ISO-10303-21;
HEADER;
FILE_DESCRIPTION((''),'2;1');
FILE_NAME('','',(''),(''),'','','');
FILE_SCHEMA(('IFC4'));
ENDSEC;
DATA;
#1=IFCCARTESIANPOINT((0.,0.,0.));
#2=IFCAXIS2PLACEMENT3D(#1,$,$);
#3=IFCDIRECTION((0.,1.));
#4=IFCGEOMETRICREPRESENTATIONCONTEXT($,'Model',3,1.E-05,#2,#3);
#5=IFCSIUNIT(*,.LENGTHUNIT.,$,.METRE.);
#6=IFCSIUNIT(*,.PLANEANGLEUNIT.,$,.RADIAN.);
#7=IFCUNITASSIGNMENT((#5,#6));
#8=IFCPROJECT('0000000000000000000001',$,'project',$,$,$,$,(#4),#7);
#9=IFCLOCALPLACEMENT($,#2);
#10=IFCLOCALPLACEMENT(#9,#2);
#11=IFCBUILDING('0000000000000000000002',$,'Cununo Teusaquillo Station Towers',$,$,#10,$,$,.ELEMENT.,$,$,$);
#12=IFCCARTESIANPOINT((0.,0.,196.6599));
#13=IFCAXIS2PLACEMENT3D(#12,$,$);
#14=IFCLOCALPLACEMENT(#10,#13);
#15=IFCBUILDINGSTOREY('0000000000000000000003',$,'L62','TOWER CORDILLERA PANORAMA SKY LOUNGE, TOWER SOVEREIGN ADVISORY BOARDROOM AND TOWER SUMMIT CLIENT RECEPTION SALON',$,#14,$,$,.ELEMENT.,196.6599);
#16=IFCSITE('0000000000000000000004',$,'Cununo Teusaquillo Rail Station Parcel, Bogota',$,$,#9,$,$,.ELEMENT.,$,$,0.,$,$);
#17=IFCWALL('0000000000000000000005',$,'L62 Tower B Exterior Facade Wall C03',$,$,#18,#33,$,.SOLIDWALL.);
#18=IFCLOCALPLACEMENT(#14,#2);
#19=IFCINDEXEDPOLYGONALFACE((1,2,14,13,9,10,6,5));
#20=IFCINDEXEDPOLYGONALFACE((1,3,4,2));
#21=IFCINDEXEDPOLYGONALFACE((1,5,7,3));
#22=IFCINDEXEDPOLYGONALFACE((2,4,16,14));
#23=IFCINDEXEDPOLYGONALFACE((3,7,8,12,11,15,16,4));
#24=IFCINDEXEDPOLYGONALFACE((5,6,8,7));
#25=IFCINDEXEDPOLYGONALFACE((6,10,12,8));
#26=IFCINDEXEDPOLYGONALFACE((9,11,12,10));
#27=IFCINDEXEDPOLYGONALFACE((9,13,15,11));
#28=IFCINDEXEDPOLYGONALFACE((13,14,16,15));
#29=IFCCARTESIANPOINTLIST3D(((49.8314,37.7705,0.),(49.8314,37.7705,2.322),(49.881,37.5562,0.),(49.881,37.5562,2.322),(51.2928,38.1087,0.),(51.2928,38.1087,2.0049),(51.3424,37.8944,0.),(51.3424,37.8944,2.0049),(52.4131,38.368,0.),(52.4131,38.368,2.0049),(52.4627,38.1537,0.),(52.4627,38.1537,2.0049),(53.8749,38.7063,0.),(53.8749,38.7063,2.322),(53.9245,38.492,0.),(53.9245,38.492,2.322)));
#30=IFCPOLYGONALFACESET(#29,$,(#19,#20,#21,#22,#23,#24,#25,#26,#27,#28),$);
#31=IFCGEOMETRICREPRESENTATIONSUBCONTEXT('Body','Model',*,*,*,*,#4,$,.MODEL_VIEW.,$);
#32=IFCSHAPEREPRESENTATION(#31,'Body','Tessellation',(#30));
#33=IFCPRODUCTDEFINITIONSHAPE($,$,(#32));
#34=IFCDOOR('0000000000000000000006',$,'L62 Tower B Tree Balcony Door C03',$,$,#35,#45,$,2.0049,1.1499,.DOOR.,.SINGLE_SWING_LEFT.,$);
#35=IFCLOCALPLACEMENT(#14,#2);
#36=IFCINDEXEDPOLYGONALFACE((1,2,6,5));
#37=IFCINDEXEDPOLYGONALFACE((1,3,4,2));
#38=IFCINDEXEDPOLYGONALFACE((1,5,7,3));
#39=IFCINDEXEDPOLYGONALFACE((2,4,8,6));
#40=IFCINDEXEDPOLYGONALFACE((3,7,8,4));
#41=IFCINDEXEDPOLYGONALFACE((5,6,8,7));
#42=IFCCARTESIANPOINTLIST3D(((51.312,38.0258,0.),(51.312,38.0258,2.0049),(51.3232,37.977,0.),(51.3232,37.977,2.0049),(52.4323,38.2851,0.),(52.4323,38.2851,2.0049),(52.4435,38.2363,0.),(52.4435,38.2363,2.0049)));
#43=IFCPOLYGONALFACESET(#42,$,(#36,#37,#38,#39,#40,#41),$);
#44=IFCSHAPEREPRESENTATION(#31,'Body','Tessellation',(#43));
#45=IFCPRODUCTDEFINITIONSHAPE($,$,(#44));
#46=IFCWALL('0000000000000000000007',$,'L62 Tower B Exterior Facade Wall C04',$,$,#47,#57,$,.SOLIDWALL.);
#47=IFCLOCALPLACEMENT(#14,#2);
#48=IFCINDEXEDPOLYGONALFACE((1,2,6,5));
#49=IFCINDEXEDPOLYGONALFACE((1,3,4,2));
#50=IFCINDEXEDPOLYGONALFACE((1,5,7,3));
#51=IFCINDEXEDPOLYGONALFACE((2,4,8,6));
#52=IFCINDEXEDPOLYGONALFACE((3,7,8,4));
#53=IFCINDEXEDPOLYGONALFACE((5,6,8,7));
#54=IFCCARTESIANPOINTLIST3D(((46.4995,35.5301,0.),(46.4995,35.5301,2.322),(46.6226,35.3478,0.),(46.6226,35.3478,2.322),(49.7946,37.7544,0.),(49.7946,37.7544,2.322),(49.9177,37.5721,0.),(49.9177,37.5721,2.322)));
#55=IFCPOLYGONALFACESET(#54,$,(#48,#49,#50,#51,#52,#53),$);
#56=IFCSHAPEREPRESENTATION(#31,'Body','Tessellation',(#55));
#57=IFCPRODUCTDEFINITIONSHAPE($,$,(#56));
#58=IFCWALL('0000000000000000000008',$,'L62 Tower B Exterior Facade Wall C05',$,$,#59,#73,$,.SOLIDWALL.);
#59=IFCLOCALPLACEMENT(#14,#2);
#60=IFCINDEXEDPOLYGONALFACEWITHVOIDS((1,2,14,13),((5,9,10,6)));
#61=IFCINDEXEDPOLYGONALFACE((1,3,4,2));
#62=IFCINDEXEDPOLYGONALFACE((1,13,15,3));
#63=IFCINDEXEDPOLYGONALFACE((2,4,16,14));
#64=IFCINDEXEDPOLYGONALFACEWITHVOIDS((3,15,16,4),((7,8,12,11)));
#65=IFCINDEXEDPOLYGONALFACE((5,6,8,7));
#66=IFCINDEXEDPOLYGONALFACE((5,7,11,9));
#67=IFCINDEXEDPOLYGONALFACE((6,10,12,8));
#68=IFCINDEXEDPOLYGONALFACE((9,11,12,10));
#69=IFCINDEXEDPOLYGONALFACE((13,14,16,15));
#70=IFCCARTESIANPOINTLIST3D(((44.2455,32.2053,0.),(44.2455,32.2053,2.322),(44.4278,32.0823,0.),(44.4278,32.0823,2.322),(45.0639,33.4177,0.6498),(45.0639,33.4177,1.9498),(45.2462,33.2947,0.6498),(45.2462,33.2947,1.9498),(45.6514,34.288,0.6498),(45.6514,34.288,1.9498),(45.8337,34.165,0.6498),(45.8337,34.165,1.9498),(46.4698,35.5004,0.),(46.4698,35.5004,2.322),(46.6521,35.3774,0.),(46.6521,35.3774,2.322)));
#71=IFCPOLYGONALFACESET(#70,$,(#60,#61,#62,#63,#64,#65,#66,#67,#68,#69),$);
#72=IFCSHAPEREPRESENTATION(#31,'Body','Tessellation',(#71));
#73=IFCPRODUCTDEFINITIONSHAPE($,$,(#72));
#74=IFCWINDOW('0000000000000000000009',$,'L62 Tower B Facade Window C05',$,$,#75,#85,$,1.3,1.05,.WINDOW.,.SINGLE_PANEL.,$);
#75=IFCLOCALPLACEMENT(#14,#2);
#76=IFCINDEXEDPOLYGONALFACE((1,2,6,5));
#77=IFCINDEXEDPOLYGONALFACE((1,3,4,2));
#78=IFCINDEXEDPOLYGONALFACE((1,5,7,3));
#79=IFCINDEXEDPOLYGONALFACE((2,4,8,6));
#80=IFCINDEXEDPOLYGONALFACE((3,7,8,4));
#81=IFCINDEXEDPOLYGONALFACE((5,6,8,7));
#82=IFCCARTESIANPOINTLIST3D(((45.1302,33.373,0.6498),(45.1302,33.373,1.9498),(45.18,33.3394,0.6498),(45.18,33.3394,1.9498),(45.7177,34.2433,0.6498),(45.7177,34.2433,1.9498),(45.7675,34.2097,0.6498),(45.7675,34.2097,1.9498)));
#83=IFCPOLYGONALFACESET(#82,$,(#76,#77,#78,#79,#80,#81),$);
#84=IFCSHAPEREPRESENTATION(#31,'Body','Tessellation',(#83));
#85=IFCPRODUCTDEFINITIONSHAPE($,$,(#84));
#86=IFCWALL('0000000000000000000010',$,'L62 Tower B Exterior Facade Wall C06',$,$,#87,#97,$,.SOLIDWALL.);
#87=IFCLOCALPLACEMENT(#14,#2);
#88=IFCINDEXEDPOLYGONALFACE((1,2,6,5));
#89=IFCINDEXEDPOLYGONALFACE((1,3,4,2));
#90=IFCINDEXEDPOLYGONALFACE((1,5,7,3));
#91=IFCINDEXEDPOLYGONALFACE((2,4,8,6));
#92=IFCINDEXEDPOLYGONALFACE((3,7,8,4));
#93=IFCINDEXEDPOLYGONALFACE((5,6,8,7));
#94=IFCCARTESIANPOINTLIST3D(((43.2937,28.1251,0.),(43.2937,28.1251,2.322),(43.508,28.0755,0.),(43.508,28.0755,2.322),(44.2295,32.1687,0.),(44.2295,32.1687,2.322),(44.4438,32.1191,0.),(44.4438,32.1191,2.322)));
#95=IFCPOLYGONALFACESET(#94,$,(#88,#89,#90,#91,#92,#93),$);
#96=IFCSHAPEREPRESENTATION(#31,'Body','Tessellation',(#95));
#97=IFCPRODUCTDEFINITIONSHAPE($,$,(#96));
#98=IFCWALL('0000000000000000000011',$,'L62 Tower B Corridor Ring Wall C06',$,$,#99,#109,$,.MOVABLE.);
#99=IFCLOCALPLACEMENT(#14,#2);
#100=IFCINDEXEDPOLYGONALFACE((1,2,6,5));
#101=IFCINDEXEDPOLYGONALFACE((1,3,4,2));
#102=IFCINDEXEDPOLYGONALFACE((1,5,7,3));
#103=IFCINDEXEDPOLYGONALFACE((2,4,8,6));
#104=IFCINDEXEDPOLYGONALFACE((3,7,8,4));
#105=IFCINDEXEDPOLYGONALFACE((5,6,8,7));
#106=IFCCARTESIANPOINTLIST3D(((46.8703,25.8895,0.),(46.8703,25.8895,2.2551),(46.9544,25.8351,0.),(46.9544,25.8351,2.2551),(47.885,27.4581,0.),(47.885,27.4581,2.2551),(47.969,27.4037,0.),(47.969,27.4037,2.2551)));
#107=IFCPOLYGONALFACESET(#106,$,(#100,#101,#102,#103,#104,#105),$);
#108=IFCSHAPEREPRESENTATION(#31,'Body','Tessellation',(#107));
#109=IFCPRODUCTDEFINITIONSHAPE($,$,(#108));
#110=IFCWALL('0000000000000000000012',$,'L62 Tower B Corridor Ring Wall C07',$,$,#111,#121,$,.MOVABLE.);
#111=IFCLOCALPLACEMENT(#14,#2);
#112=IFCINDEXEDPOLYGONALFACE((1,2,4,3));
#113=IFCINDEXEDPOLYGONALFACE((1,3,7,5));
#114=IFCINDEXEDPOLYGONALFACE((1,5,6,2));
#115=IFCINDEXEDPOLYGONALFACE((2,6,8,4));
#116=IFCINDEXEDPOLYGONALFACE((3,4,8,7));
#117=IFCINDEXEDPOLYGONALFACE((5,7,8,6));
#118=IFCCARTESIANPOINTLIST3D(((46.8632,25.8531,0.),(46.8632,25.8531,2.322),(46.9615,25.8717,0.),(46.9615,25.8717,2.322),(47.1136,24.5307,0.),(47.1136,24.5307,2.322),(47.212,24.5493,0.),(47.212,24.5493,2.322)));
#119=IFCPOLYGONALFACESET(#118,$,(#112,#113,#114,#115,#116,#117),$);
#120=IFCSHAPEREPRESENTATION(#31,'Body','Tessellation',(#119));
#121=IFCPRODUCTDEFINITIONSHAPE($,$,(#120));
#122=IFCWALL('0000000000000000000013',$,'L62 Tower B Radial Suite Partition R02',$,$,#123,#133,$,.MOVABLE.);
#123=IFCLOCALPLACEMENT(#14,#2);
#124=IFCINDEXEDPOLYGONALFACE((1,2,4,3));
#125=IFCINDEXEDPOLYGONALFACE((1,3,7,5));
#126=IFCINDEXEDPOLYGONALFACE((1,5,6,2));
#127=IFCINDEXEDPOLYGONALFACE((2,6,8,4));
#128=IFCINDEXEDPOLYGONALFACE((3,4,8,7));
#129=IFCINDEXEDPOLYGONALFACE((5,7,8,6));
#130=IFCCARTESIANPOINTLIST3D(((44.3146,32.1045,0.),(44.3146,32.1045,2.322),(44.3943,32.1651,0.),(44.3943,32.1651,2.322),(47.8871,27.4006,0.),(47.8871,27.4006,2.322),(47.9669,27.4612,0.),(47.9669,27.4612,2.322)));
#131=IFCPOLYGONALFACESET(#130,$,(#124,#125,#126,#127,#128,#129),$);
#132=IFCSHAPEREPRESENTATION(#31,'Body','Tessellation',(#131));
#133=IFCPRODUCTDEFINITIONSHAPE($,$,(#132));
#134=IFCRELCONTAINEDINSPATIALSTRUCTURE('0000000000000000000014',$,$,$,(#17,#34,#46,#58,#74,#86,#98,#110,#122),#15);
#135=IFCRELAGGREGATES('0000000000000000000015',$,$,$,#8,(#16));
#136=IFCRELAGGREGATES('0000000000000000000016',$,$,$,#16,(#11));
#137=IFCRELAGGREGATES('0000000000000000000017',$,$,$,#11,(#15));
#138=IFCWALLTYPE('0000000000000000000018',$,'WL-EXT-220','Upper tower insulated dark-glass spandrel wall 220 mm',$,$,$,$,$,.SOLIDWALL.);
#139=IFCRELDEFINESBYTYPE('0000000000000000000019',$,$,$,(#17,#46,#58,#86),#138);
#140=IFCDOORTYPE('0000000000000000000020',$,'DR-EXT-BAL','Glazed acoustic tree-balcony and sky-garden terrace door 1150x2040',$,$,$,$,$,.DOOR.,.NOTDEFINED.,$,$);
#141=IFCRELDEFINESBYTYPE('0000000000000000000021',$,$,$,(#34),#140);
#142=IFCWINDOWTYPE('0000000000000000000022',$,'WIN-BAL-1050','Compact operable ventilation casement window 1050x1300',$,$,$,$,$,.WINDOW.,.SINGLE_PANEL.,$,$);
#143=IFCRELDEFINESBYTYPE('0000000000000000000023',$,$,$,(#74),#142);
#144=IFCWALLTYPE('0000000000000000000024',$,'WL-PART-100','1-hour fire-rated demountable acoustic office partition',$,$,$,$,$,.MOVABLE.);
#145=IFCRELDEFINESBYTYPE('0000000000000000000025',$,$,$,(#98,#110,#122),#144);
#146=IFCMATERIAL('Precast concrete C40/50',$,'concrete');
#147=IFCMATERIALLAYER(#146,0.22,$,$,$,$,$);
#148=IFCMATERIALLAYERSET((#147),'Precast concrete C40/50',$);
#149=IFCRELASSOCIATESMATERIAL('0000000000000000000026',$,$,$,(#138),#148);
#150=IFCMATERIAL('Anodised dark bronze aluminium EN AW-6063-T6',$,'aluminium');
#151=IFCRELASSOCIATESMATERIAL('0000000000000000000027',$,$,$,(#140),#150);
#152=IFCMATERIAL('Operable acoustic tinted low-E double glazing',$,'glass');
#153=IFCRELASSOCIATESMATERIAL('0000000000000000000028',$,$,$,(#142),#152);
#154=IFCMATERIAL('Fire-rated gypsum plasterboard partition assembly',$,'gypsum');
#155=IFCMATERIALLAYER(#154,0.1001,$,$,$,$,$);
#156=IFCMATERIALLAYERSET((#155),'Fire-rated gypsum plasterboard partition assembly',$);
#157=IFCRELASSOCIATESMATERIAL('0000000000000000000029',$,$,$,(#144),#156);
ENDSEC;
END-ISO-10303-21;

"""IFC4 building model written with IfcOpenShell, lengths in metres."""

from ifc_helpers import new_model, si_unit, direction, frame, frame_2d, origin, place, context, subcontext, project, spatial, rectangle, extrude, source, transform, mapped, material, layer, layer_set, type_object, element, fill, save


model = new_model("IFC4")

# Units and contexts
model_context = context("Model", 3, precision=1e-05, world=origin(), true_north=direction((0.0, 1.0)))
body_context = subcontext(model_context, "Body", "Model", "MODEL_VIEW")
ifc_project = project(units=[si_unit("LENGTHUNIT", "METRE"), si_unit("PLANEANGLEUNIT", "RADIAN")], contexts=[model_context])

# Site, building, storey
site_placement = place(None, origin())
site = spatial("IfcSite", under=ifc_project, at=site_placement, Name="Cununo Teusaquillo Rail Station Parcel, Bogota", CompositionType="ELEMENT", RefElevation=0.0)
building_placement = place(site_placement, origin())
building = spatial("IfcBuilding", under=site, at=building_placement, Name="Cununo Teusaquillo Station Towers", CompositionType="ELEMENT")
storey_placement = place(building_placement, frame((0.0, 0.0, 196.6599)))
storey = spatial("IfcBuildingStorey", under=building, at=storey_placement, Name="L62", Description="TOWER CORDILLERA PANORAMA SKY LOUNGE, TOWER SOVEREIGN ADVISORY BOARDROOM AND TOWER SUMMIT CLIENT RECEPTION SALON", CompositionType="ELEMENT", Elevation=196.6599)

# Wall, opening, door
ifc_material_1 = material(Name="Precast concrete C40/50", Category="concrete")
ifc_layer_1 = layer(ifc_material_1, 0.22)
ifc_layer_set_1 = layer_set([ifc_layer_1], Name="Precast concrete C40/50")
wall_type_1 = type_object("IfcWallType", Name="WL-EXT-220", Description="Upper tower insulated dark-glass spandrel wall 220 mm", PredefinedType="SOLIDWALL", material=ifc_layer_set_1)
wall_1_placement = place(storey_placement, frame((49.8562, 37.6633, 0.0), z_axis=(0.0, 0.0, 1.0), x_axis=(0.974249, 0.225474, 0.0)))
wall_1 = element("IfcWall", 1, at=wall_1_placement, inside=storey, type_object=wall_type_1, Name="L62 Tower B Exterior Facade Wall C03", PredefinedType="SOLIDWALL", context=body_context, shape_type="SweptSolid", body=[
    extrude(rectangle(XDim=4.1504, YDim=0.22, at=frame_2d((2.0752, 0.0))), origin(), (0.0, 0.0, 1.0), 2.322),
])
shared_shape_1 = source(origin(), body_context, "Body", "SweptSolid", [
    extrude(rectangle(XDim=1.1499, YDim=2.0049, at=frame_2d((0.575, 1.0024))), frame((0.0, 0.1199, 0.0), z_axis=(0.0, -1.0, 0.0), x_axis=(1.0, 0.0, 0.0)), (0.0, 0.0, 1.0), 0.24),
])
opening_1_placement = place(wall_1_placement, frame((1.5, 0.0, 0.0)))
opening_1 = element("IfcOpeningElement", 2, at=opening_1_placement, cuts=wall_1, PredefinedType="OPENING", context=body_context, shape_type="MappedRepresentation", body=[
    mapped(shared_shape_1, transform((0.0, 0.0, 0.0), x_axis=(1.0, 0.0, 0.0), y_axis=(0.0, 1.0, 0.0), z_axis=(0.0, 0.0, 1.0), scale=1.0)),
])
ifc_material_2 = material(Name="Anodised dark bronze aluminium EN AW-6063-T6", Category="aluminium")
door_type = type_object("IfcDoorType", Name="DR-EXT-BAL", Description="Glazed acoustic tree-balcony and sky-garden terrace door 1150x2040", OperationType="NOTDEFINED", PredefinedType="DOOR", material=ifc_material_2)
shared_shape_2 = source(origin(), body_context, "Body", "SweptSolid", [
    extrude(rectangle(XDim=1.1499, YDim=2.0049, at=frame_2d((0.575, 1.0024))), frame((0.0, 0.0249, 0.0), z_axis=(0.0, -1.0, 0.0), x_axis=(1.0, 0.0, 0.0)), (0.0, 0.0, 1.0), 0.05),
])
door_placement = place(opening_1_placement, origin())
door = element("IfcDoor", 3, at=door_placement, inside=storey, type_object=door_type, Name="L62 Tower B Tree Balcony Door C03", OperationType="SINGLE_SWING_LEFT", OverallHeight=2.0049, OverallWidth=1.1499, PredefinedType="DOOR", context=body_context, shape_type="MappedRepresentation", body=[
    mapped(shared_shape_2, transform((0.0, 0.0, 0.0), x_axis=(1.0, 0.0, 0.0), y_axis=(0.0, 1.0, 0.0), z_axis=(0.0, 0.0, 1.0), scale=1.0)),
])
fill(opening_1, door)

# Wall
wall_2_placement = place(storey_placement, frame((46.561, 35.439, 0.0), z_axis=(0.0, 0.0, 1.0), x_axis=(0.828834, 0.559495, 0.0)))
element("IfcWall", 4, at=wall_2_placement, inside=storey, type_object=wall_type_1, Name="L62 Tower B Exterior Facade Wall C04", PredefinedType="SOLIDWALL", context=body_context, shape_type="SweptSolid", body=[
    extrude(rectangle(XDim=3.9756, YDim=0.22, at=frame_2d((1.9878, 0.0))), origin(), (0.0, 0.0, 1.0), 2.322),
])

# Wall, opening, window
wall_3_placement = place(storey_placement, frame((44.3367, 32.1438, 0.0), z_axis=(0.0, 0.0, 1.0), x_axis=(0.559495, 0.828834, 0.0)))
wall_3 = element("IfcWall", 5, at=wall_3_placement, inside=storey, type_object=wall_type_1, Name="L62 Tower B Exterior Facade Wall C05", PredefinedType="SOLIDWALL", context=body_context, shape_type="SweptSolid", body=[
    extrude(rectangle(XDim=3.9756, YDim=0.22, at=frame_2d((1.9878, 0.0))), origin(), (0.0, 0.0, 1.0), 2.322),
])
shared_shape_3 = source(origin(), body_context, "Body", "SweptSolid", [
    extrude(rectangle(XDim=1.05, YDim=1.3, at=frame_2d((0.5249, 0.6499))), frame((0.0, 0.1199, 0.0), z_axis=(0.0, -1.0, 0.0), x_axis=(1.0, 0.0, 0.0)), (0.0, 0.0, 1.0), 0.24),
])
opening_2_placement = place(wall_3_placement, frame((1.4629, 0.0, 0.6499)))
opening_2 = element("IfcOpeningElement", 6, at=opening_2_placement, cuts=wall_3, PredefinedType="OPENING", context=body_context, shape_type="MappedRepresentation", body=[
    mapped(shared_shape_3, transform((0.0, 0.0, 0.0), x_axis=(1.0, 0.0, 0.0), y_axis=(0.0, 1.0, 0.0), z_axis=(0.0, 0.0, 1.0), scale=1.0)),
])
ifc_material_3 = material(Name="Operable acoustic tinted low-E double glazing", Category="glass")
window_type = type_object("IfcWindowType", Name="WIN-BAL-1050", Description="Compact operable ventilation casement window 1050x1300", PartitioningType="SINGLE_PANEL", PredefinedType="WINDOW", material=ifc_material_3)
shared_shape_4 = source(origin(), body_context, "Body", "SweptSolid", [
    extrude(rectangle(XDim=1.05, YDim=1.3, at=frame_2d((0.5249, 0.6499))), frame((0.0, 0.03, 0.0), z_axis=(0.0, -1.0, 0.0), x_axis=(1.0, 0.0, 0.0)), (0.0, 0.0, 1.0), 0.0601),
])
window_placement = place(opening_2_placement, origin())
window = element("IfcWindow", 7, at=window_placement, inside=storey, type_object=window_type, Name="L62 Tower B Facade Window C05", OverallHeight=1.3, OverallWidth=1.05, PartitioningType="SINGLE_PANEL", PredefinedType="WINDOW", context=body_context, shape_type="MappedRepresentation", body=[
    mapped(shared_shape_4, transform((0.0, 0.0, 0.0), x_axis=(1.0, 0.0, 0.0), y_axis=(0.0, 1.0, 0.0), z_axis=(0.0, 0.0, 1.0), scale=1.0)),
])
fill(opening_2, window)

# Walls
wall_4_placement = place(storey_placement, frame((43.4009, 28.1003, 0.0), z_axis=(0.0, 0.0, 1.0), x_axis=(0.225474, 0.974249, 0.0)))
element("IfcWall", 8, at=wall_4_placement, inside=storey, type_object=wall_type_1, Name="L62 Tower B Exterior Facade Wall C06", PredefinedType="SOLIDWALL", context=body_context, shape_type="SweptSolid", body=[
    extrude(rectangle(XDim=4.1504, YDim=0.22, at=frame_2d((2.0752, 0.0))), origin(), (0.0, 0.0, 1.0), 2.322),
])
ifc_material_4 = material(Name="Fire-rated gypsum plasterboard partition assembly", Category="gypsum")
ifc_layer_2 = layer(ifc_material_4, 0.1001)
ifc_layer_set_2 = layer_set([ifc_layer_2], Name="Fire-rated gypsum plasterboard partition assembly")
wall_type_2 = type_object("IfcWallType", Name="WL-PART-100", Description="1-hour fire-rated demountable acoustic office partition", PredefinedType="MOVABLE", material=ifc_layer_set_2)
wall_5_placement = place(storey_placement, frame((47.927, 27.4309, 0.0), z_axis=(0.0, 0.0, 1.0), x_axis=(-0.543127, -0.839651, 0.0)))
element("IfcWall", 9, at=wall_5_placement, inside=storey, type_object=wall_type_2, Name="L62 Tower B Corridor Ring Wall C06", PredefinedType="MOVABLE", context=body_context, shape_type="SweptSolid", body=[
    extrude(rectangle(XDim=1.8682, YDim=0.1001, at=frame_2d((0.9341, 0.0))), origin(), (0.0, 0.0, 1.0), 2.2551),
])
wall_6_placement = place(storey_placement, frame((46.9124, 25.8623, 0.0), z_axis=(0.0, 0.0, 1.0), x_axis=(0.186095, -0.982532, 0.0)))
element("IfcWall", 10, at=wall_6_placement, inside=storey, type_object=wall_type_2, Name="L62 Tower B Corridor Ring Wall C07", PredefinedType="MOVABLE", context=body_context, shape_type="SweptSolid", body=[
    extrude(rectangle(XDim=1.3459, YDim=0.1001, at=frame_2d((0.6729, 0.0))), origin(), (0.0, 0.0, 1.0), 2.322),
])
wall_7_placement = place(storey_placement, frame((47.927, 27.4309, 0.0), z_axis=(0.0, 0.0, 1.0), x_axis=(-0.604823, 0.79636, 0.0)))
element("IfcWall", 11, at=wall_7_placement, inside=storey, type_object=wall_type_2, Name="L62 Tower B Radial Suite Partition R02", PredefinedType="MOVABLE", context=body_context, shape_type="SweptSolid", body=[
    extrude(rectangle(XDim=5.9067, YDim=0.1001, at=frame_2d((2.9534, 0.0))), origin(), (0.0, 0.0, 1.0), 2.322),
])

save(model, "model.ifc")
